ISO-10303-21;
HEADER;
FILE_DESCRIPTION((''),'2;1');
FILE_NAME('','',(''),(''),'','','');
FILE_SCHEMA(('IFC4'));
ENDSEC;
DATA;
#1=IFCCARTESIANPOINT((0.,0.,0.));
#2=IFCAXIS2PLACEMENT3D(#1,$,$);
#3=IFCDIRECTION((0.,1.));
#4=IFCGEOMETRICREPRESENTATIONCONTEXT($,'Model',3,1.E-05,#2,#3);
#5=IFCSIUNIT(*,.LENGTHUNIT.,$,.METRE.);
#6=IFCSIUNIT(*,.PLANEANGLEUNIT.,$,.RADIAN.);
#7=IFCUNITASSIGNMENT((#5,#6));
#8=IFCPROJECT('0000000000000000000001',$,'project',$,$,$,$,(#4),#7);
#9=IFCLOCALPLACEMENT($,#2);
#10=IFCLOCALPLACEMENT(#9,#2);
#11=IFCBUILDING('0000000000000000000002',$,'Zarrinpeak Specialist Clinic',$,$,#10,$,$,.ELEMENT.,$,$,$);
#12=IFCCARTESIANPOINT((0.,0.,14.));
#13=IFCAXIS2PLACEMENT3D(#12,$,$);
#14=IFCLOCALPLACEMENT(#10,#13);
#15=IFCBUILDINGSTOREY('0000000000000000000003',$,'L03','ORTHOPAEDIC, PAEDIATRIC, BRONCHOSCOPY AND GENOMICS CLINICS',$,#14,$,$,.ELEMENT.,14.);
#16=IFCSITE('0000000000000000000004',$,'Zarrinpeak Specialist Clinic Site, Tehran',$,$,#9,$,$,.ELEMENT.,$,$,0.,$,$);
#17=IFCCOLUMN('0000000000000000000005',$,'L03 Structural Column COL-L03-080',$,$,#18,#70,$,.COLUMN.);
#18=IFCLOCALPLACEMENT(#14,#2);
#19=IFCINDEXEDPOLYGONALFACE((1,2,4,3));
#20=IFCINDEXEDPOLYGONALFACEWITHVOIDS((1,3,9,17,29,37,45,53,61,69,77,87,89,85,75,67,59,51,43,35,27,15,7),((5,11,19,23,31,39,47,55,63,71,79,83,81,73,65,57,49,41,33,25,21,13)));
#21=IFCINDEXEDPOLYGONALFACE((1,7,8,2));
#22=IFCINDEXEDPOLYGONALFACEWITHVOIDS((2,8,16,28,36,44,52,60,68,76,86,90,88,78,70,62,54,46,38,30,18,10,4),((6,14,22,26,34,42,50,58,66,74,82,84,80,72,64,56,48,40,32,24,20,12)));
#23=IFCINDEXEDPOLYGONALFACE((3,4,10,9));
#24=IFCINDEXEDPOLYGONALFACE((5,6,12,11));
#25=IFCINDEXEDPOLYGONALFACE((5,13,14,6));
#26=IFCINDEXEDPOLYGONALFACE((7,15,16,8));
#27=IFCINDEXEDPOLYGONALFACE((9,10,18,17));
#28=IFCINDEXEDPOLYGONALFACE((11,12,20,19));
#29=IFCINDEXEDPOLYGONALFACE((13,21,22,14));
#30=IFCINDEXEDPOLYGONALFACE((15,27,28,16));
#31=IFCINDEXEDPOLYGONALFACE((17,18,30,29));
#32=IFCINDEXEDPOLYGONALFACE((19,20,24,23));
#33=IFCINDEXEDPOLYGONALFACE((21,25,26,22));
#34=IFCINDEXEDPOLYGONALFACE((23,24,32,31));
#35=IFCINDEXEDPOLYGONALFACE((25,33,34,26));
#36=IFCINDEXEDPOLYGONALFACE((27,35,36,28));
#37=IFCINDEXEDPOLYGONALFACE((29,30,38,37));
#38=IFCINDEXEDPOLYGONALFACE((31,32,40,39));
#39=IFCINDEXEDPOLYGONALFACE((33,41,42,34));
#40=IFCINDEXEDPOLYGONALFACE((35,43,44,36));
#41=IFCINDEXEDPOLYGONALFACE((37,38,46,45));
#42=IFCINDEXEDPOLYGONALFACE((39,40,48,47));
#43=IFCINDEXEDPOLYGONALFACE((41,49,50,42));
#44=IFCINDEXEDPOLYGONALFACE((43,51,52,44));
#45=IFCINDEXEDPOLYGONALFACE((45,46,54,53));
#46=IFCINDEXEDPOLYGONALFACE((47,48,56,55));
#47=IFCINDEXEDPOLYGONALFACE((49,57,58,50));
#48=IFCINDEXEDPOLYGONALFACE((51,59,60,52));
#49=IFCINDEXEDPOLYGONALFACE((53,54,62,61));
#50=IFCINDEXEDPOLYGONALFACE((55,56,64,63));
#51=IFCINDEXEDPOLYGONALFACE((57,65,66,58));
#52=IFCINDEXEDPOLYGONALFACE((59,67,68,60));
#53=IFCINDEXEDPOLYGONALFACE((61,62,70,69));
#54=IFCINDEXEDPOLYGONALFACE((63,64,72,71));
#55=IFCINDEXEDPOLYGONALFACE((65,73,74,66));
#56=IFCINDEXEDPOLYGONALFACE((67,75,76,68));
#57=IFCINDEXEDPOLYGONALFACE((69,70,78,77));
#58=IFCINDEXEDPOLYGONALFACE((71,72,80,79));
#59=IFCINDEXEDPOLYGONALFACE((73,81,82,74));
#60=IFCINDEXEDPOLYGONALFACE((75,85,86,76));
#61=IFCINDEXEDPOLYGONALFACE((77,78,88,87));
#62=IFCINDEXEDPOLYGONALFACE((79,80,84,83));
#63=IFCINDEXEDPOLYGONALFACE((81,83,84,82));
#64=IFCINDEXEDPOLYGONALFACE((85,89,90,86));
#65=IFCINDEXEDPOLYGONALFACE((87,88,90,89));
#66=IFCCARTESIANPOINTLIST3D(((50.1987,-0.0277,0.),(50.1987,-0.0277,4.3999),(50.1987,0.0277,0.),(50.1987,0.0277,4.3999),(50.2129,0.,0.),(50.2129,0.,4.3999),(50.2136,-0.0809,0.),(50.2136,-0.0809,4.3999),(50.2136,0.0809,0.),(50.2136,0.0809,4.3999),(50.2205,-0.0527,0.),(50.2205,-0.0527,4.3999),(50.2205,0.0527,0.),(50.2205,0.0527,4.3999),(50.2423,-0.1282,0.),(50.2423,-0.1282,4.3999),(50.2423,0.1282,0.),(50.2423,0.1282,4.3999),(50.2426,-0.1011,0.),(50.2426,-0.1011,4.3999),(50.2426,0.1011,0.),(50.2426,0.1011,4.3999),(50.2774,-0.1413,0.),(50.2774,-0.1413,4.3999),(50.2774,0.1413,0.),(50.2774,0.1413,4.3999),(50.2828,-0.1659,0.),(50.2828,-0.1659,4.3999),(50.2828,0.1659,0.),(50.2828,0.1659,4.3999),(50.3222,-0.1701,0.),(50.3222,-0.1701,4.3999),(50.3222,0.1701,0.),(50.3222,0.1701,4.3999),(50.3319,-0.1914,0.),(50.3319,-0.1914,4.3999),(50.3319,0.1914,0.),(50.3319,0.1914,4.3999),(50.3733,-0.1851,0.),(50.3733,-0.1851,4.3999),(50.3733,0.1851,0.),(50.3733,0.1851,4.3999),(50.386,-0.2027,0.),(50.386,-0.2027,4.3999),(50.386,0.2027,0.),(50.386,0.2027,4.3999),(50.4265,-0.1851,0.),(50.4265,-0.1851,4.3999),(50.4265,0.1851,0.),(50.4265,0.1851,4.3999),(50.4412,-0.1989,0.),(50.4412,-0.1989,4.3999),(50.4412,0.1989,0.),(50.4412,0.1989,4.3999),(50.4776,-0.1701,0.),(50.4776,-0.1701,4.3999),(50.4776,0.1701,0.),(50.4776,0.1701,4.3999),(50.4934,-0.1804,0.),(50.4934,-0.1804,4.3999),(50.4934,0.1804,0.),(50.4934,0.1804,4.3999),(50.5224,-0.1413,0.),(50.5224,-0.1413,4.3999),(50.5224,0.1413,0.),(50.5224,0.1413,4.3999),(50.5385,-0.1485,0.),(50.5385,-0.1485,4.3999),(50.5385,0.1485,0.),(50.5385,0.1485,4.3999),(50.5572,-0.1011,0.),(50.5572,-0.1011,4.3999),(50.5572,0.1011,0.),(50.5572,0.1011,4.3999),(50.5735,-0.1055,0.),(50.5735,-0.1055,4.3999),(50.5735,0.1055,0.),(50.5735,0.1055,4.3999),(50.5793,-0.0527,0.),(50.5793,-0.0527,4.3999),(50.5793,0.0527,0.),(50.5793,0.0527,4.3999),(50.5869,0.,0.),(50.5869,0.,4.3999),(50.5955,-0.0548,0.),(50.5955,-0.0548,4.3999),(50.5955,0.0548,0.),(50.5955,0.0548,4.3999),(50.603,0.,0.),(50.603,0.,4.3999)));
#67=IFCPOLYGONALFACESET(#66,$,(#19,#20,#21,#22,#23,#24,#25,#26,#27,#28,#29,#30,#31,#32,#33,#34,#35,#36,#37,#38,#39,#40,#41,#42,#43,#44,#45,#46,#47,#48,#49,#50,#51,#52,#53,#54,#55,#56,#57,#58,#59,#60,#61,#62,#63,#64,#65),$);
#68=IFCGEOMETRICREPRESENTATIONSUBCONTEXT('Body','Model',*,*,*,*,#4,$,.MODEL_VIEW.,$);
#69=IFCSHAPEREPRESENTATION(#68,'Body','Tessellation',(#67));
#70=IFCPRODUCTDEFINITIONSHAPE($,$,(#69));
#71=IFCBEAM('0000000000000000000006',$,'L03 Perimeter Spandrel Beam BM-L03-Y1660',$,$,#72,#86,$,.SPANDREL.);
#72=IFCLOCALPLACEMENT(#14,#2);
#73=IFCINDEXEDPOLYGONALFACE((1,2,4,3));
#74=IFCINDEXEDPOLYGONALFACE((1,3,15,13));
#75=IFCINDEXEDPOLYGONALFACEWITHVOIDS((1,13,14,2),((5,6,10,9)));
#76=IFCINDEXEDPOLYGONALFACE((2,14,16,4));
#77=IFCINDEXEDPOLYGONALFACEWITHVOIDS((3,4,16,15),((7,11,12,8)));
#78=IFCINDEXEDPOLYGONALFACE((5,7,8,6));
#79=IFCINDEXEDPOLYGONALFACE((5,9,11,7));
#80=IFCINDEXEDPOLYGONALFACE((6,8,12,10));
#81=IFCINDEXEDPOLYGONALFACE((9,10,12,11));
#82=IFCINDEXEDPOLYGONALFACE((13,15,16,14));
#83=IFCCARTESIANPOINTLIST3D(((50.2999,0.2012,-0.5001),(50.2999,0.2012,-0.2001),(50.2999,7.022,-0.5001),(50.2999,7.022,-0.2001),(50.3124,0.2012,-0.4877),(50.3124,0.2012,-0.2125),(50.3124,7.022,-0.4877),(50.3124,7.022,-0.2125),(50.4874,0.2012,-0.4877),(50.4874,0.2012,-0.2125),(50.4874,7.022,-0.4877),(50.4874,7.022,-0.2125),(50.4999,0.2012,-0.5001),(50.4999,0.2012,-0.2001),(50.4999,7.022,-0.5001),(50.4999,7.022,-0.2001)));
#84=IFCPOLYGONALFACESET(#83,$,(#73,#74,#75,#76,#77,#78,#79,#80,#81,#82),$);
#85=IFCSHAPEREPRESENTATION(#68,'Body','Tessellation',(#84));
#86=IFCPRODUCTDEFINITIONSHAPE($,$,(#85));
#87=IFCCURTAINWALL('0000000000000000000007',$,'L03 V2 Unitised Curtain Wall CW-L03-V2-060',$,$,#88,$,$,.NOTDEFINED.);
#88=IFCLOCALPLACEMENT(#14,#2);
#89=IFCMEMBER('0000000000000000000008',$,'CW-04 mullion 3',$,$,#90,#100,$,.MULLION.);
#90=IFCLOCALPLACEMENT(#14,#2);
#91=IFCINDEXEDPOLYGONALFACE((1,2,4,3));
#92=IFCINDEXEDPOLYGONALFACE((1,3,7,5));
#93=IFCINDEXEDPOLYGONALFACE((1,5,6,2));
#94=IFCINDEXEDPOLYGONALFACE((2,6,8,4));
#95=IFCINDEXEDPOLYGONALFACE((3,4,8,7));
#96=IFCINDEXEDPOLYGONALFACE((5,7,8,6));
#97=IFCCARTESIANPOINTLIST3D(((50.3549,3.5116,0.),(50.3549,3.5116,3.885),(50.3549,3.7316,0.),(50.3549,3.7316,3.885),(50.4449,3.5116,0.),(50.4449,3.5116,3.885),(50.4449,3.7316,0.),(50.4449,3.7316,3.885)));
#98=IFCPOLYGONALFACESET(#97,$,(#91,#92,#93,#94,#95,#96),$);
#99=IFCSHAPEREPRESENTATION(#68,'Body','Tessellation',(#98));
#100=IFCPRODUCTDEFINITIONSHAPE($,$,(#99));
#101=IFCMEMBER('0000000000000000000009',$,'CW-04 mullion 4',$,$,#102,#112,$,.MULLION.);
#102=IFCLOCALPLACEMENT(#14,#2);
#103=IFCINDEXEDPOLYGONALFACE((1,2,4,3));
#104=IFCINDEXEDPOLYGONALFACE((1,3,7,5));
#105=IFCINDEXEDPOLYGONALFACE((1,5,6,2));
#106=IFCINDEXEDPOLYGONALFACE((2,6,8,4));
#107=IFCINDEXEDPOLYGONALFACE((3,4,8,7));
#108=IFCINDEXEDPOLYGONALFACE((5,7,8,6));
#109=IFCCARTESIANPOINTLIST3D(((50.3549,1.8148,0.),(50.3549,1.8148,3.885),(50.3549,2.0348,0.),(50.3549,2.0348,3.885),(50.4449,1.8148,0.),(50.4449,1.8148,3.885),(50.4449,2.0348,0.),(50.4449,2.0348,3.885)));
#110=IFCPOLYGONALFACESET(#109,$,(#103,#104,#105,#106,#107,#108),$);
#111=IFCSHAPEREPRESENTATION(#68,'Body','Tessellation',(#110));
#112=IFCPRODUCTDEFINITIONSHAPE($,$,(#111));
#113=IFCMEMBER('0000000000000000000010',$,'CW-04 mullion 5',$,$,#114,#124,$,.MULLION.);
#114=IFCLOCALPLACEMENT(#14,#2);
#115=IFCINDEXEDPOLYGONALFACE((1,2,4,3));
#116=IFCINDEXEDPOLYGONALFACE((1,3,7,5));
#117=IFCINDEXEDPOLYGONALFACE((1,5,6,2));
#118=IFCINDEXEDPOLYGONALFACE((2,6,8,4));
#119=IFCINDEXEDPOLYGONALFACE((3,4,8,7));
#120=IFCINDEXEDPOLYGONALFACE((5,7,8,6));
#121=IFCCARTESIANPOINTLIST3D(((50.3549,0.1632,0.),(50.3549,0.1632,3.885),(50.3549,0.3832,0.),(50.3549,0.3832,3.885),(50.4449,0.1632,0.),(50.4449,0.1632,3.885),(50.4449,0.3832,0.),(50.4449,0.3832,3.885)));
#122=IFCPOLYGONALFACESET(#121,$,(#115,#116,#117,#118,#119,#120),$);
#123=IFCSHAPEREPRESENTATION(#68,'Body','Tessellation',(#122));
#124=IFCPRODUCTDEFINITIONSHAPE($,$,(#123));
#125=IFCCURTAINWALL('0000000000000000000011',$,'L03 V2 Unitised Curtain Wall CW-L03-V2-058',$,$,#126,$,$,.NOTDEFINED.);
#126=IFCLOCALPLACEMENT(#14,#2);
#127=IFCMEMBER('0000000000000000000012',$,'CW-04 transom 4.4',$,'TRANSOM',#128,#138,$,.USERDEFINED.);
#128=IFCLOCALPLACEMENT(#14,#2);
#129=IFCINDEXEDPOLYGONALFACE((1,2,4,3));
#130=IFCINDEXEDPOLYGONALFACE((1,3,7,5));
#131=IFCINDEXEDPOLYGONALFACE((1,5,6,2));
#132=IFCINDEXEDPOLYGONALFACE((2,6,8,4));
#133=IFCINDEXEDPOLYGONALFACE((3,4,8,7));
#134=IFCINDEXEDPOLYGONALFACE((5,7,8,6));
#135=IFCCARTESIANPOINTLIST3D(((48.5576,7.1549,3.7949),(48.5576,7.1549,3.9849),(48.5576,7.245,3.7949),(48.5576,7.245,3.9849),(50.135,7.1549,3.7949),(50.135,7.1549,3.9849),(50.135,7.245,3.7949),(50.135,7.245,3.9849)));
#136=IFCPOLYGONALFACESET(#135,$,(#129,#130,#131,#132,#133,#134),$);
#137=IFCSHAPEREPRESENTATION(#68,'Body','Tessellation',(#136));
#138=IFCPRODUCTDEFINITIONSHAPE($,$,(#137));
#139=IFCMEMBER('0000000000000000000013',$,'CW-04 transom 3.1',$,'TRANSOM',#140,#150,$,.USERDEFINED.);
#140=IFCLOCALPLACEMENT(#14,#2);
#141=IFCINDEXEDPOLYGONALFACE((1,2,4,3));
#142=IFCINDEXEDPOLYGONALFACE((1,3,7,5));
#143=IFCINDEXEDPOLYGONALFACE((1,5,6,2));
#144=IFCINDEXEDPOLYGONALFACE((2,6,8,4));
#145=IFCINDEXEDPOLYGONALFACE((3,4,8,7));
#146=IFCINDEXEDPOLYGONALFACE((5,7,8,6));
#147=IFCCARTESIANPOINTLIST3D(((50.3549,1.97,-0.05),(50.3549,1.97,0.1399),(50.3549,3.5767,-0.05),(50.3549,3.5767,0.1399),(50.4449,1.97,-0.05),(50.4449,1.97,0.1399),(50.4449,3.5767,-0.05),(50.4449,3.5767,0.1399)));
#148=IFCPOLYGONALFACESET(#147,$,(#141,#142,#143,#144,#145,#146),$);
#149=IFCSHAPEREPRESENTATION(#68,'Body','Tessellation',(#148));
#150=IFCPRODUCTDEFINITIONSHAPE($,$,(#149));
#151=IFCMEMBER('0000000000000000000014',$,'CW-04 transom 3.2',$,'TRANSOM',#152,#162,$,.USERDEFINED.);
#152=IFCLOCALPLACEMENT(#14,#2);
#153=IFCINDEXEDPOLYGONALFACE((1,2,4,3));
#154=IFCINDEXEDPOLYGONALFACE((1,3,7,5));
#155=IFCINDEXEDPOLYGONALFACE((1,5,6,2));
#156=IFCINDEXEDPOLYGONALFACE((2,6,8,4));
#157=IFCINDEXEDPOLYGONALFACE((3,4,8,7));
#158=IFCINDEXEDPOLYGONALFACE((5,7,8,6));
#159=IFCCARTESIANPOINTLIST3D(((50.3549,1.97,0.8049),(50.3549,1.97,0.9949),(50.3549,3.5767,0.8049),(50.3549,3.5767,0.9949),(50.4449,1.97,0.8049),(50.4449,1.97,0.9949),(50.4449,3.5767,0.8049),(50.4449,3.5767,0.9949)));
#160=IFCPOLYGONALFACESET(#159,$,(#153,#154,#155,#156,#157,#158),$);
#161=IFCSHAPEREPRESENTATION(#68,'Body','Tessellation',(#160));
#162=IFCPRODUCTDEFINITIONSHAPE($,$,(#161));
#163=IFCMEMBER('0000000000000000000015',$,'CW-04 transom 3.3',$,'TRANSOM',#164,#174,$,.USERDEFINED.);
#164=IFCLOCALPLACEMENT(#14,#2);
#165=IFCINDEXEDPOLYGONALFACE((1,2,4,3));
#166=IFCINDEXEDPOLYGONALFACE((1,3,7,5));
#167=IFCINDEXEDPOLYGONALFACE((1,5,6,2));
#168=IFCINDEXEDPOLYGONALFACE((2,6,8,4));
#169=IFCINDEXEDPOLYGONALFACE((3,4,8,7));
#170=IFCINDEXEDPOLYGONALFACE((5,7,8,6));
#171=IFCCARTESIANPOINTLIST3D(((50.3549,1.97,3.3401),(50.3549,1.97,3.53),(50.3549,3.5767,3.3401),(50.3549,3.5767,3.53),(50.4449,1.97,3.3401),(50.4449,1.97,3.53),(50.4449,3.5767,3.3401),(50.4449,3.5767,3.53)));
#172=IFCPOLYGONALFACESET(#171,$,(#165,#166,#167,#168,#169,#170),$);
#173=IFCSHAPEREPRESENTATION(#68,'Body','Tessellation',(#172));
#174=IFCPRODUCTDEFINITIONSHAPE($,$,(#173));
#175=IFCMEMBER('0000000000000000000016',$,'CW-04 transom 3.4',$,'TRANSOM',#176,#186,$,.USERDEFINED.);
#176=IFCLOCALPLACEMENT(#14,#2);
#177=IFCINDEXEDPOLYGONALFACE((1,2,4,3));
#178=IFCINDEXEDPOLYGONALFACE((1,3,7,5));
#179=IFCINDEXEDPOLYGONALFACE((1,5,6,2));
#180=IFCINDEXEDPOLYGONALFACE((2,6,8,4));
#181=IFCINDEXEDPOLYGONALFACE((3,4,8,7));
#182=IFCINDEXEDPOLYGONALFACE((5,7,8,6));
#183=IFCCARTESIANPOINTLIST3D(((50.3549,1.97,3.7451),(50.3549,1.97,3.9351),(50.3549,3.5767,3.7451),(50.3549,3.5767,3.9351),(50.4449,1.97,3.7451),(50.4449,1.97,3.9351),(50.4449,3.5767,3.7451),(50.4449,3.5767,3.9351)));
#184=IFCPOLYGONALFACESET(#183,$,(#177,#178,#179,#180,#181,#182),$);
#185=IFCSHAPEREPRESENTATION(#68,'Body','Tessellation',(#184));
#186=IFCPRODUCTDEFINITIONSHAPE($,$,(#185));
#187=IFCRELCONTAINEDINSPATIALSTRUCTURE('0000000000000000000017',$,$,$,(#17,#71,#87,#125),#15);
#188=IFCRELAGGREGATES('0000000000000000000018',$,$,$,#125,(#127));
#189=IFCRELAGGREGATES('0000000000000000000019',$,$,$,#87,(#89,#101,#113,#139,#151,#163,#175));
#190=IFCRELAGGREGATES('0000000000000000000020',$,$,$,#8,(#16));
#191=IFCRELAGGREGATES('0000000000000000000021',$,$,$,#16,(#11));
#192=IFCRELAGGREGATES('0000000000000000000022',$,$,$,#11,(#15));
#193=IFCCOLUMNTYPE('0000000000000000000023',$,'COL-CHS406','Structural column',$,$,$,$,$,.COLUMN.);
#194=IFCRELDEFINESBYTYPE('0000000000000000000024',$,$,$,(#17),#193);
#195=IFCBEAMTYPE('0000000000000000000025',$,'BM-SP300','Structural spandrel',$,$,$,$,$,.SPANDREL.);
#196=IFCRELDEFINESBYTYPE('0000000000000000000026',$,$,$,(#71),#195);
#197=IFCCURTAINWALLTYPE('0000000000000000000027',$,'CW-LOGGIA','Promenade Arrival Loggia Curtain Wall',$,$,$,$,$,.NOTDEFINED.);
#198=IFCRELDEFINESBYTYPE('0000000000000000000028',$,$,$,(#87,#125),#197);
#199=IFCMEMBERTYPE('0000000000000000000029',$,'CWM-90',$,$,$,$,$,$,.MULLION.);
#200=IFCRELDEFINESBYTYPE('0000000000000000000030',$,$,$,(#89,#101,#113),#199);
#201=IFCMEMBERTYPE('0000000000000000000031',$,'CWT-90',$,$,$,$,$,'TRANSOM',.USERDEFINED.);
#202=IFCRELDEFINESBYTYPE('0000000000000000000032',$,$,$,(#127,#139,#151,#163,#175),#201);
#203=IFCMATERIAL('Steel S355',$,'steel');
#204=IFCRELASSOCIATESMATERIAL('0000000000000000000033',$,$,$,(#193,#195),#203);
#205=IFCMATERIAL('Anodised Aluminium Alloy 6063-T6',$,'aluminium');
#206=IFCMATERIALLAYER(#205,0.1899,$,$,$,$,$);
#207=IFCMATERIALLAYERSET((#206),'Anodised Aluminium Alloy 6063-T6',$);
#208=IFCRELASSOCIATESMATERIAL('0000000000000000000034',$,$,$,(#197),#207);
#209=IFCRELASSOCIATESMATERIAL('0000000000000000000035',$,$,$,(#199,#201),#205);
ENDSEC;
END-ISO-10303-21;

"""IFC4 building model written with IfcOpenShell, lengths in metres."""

from ifc_helpers import new_model, si_unit, direction, frame, origin, origin_2d, place, context, subcontext, project, spatial, rectangle, hollow_rectangle, hollow_circle, extrude, material, layer, layer_set, material_profile, profile_set, type_object, element, aggregate, save


model = new_model("IFC4")

# Units and contexts
model_context = context("Model", 3, precision=1e-05, world=origin(), true_north=direction((0.0, 1.0)))
body_context = subcontext(model_context, "Body", "Model", "MODEL_VIEW")
ifc_project = project(units=[si_unit("LENGTHUNIT", "METRE"), si_unit("PLANEANGLEUNIT", "RADIAN")], contexts=[model_context])

# Site, building, storey
site_placement = place(None, origin())
site = spatial("IfcSite", under=ifc_project, at=site_placement, Name="Zarrinpeak Specialist Clinic Site, Tehran", CompositionType="ELEMENT", RefElevation=0.0)
building_placement = place(site_placement, origin())
building = spatial("IfcBuilding", under=site, at=building_placement, Name="Zarrinpeak Specialist Clinic", CompositionType="ELEMENT")
storey_placement = place(building_placement, frame((0.0, 0.0, 14.0)))
storey = spatial("IfcBuildingStorey", under=building, at=storey_placement, Name="L03", Description="ORTHOPAEDIC, PAEDIATRIC, BRONCHOSCOPY AND GENOMICS CLINICS", CompositionType="ELEMENT", Elevation=14.0)

# Column
ifc_material_1 = material(Name="Steel S355", Category="steel")
ifc_material_profile_1 = material_profile(ifc_material_1, hollow_circle(Radius=0.2031, WallThickness=0.0161, at=origin_2d()), Name="CHS 406.4x16.0")
ifc_profile_set_1 = profile_set([ifc_material_profile_1], Name="Steel S355")
column_type = type_object("IfcColumnType", Name="COL-CHS406", Description="Structural column", PredefinedType="COLUMN", material=ifc_profile_set_1)
column_placement = place(storey_placement, frame((50.3999, 0.0, 0.0), z_axis=(0.0, 0.0, 1.0), x_axis=(1.0, 0.0, 0.0)))
element("IfcColumn", 1, at=column_placement, inside=storey, type_object=column_type, Name="L03 Structural Column COL-L03-080", PredefinedType="COLUMN", context=body_context, shape_type="SweptSolid", body=[
    extrude(hollow_circle(Radius=0.2031, WallThickness=0.0161, at=origin_2d()), origin(), (0.0, 0.0, 1.0), 4.3999),
])

# Beam
ifc_material_profile_2 = material_profile(ifc_material_1, hollow_rectangle(XDim=0.2, YDim=0.3, WallThickness=0.0125, at=origin_2d()), Name="RHS 300x200x12.5")
ifc_profile_set_2 = profile_set([ifc_material_profile_2], Name="Steel S355")
beam_type = type_object("IfcBeamType", Name="BM-SP300", Description="Structural spandrel", PredefinedType="SPANDREL", material=ifc_profile_set_2)
beam_placement = place(storey_placement, frame((50.3999, 0.2012, -0.3501), z_axis=(0.0, 1.0, 0.0), x_axis=(-1.0, 0.0, 0.0)))
element("IfcBeam", 2, at=beam_placement, inside=storey, type_object=beam_type, Name="L03 Perimeter Spandrel Beam BM-L03-Y1660", PredefinedType="SPANDREL", context=body_context, shape_type="SweptSolid", body=[
    extrude(hollow_rectangle(XDim=0.2, YDim=0.3, WallThickness=0.0125, at=origin_2d()), origin(), (0.0, 0.0, 1.0), 6.8208),
])

# Curtain wall, members
ifc_material_2 = material(Name="Anodised Aluminium Alloy 6063-T6", Category="aluminium")
ifc_layer_1 = layer(ifc_material_2, 0.1899)
ifc_layer_set_1 = layer_set([ifc_layer_1], Name="Anodised Aluminium Alloy 6063-T6")
curtain_wall_type = type_object("IfcCurtainWallType", Name="CW-LOGGIA", Description="Promenade Arrival Loggia Curtain Wall", PredefinedType="NOTDEFINED", material=ifc_layer_set_1)
curtain_wall_1_placement = place(storey_placement, origin())
curtain_wall_1 = element("IfcCurtainWall", 3, at=curtain_wall_1_placement, inside=storey, type_object=curtain_wall_type, Name="L03 V2 Unitised Curtain Wall CW-L03-V2-060", PredefinedType="NOTDEFINED")
ifc_material_profile_3 = material_profile(ifc_material_2, rectangle(XDim=0.0901, YDim=0.22, at=origin_2d()), Name="ALU 90x220")
ifc_profile_set_3 = profile_set([ifc_material_profile_3], Name="Anodised Aluminium Alloy 6063-T6")
member_type_1 = type_object("IfcMemberType", Name="CWM-90", PredefinedType="MULLION", material=ifc_profile_set_3)
member_1_placement = place(storey_placement, frame((50.3999, 3.6216, 0.0), z_axis=(0.0, 0.0, 1.0), x_axis=(1.0, 0.0, 0.0)))
member_1 = element("IfcMember", 4, at=member_1_placement, type_object=member_type_1, Name="CW-04 mullion 3", PredefinedType="MULLION", context=body_context, shape_type="SweptSolid", body=[
    extrude(rectangle(XDim=0.0901, YDim=0.22, at=origin_2d()), origin(), (0.0, 0.0, 1.0), 3.885),
])
member_2_placement = place(storey_placement, frame((50.3999, 1.9248, 0.0), z_axis=(0.0, 0.0, 1.0), x_axis=(1.0, 0.0, 0.0)))
member_2 = element("IfcMember", 5, at=member_2_placement, type_object=member_type_1, Name="CW-04 mullion 4", PredefinedType="MULLION", context=body_context, shape_type="SweptSolid", body=[
    extrude(rectangle(XDim=0.0901, YDim=0.22, at=origin_2d()), origin(), (0.0, 0.0, 1.0), 3.885),
])
member_3_placement = place(storey_placement, frame((50.3999, 0.2732, 0.0), z_axis=(0.0, 0.0, 1.0), x_axis=(1.0, 0.0, 0.0)))
member_3 = element("IfcMember", 6, at=member_3_placement, type_object=member_type_1, Name="CW-04 mullion 5", PredefinedType="MULLION", context=body_context, shape_type="SweptSolid", body=[
    extrude(rectangle(XDim=0.0901, YDim=0.22, at=origin_2d()), origin(), (0.0, 0.0, 1.0), 3.885),
])

# Curtain wall, member
curtain_wall_2_placement = place(storey_placement, origin())
curtain_wall_2 = element("IfcCurtainWall", 7, at=curtain_wall_2_placement, inside=storey, type_object=curtain_wall_type, Name="L03 V2 Unitised Curtain Wall CW-L03-V2-058", PredefinedType="NOTDEFINED")
ifc_material_profile_4 = material_profile(ifc_material_2, rectangle(XDim=0.0901, YDim=0.1899, at=origin_2d()), Name="ALU 90x190")
ifc_profile_set_4 = profile_set([ifc_material_profile_4], Name="Anodised Aluminium Alloy 6063-T6")
member_type_2 = type_object("IfcMemberType", Name="CWT-90", ElementType="TRANSOM", PredefinedType="USERDEFINED", material=ifc_profile_set_4)
member_4_placement = place(storey_placement, frame((48.5576, 7.2, 3.8899), z_axis=(1.0, 0.0, 0.0), x_axis=(0.0, 1.0, 0.0)))
member_4 = element("IfcMember", 8, at=member_4_placement, type_object=member_type_2, Name="CW-04 transom 4.4", ObjectType="TRANSOM", PredefinedType="USERDEFINED", context=body_context, shape_type="SweptSolid", body=[
    extrude(rectangle(XDim=0.0901, YDim=0.1899, at=origin_2d()), origin(), (0.0, 0.0, 1.0), 1.5774),
])

# Members
member_5_placement = place(storey_placement, frame((50.3999, 3.5767, 0.0449), z_axis=(0.0, -1.0, 0.0), x_axis=(1.0, 0.0, 0.0)))
member_5 = element("IfcMember", 9, at=member_5_placement, type_object=member_type_2, Name="CW-04 transom 3.1", ObjectType="TRANSOM", PredefinedType="USERDEFINED", context=body_context, shape_type="SweptSolid", body=[
    extrude(rectangle(XDim=0.0901, YDim=0.1899, at=origin_2d()), origin(), (0.0, 0.0, 1.0), 1.6067),
])
member_6_placement = place(storey_placement, frame((50.3999, 3.5767, 0.8999), z_axis=(0.0, -1.0, 0.0), x_axis=(1.0, 0.0, 0.0)))
member_6 = element("IfcMember", 10, at=member_6_placement, type_object=member_type_2, Name="CW-04 transom 3.2", ObjectType="TRANSOM", PredefinedType="USERDEFINED", context=body_context, shape_type="SweptSolid", body=[
    extrude(rectangle(XDim=0.0901, YDim=0.1899, at=origin_2d()), origin(), (0.0, 0.0, 1.0), 1.6067),
])
member_7_placement = place(storey_placement, frame((50.3999, 3.5767, 3.4351), z_axis=(0.0, -1.0, 0.0), x_axis=(1.0, 0.0, 0.0)))
member_7 = element("IfcMember", 11, at=member_7_placement, type_object=member_type_2, Name="CW-04 transom 3.3", ObjectType="TRANSOM", PredefinedType="USERDEFINED", context=body_context, shape_type="SweptSolid", body=[
    extrude(rectangle(XDim=0.0901, YDim=0.1899, at=origin_2d()), origin(), (0.0, 0.0, 1.0), 1.6067),
])
member_8_placement = place(storey_placement, frame((50.3999, 3.5767, 3.8401), z_axis=(0.0, -1.0, 0.0), x_axis=(1.0, 0.0, 0.0)))
member_8 = element("IfcMember", 12, at=member_8_placement, type_object=member_type_2, Name="CW-04 transom 3.4", ObjectType="TRANSOM", PredefinedType="USERDEFINED", context=body_context, shape_type="SweptSolid", body=[
    extrude(rectangle(XDim=0.0901, YDim=0.1899, at=origin_2d()), origin(), (0.0, 0.0, 1.0), 1.6067),
])

aggregate(curtain_wall_2, [member_4])
aggregate(curtain_wall_1, [member_1, member_2, member_3, member_5, member_6, member_7, member_8])

save(model, "model.ifc")
